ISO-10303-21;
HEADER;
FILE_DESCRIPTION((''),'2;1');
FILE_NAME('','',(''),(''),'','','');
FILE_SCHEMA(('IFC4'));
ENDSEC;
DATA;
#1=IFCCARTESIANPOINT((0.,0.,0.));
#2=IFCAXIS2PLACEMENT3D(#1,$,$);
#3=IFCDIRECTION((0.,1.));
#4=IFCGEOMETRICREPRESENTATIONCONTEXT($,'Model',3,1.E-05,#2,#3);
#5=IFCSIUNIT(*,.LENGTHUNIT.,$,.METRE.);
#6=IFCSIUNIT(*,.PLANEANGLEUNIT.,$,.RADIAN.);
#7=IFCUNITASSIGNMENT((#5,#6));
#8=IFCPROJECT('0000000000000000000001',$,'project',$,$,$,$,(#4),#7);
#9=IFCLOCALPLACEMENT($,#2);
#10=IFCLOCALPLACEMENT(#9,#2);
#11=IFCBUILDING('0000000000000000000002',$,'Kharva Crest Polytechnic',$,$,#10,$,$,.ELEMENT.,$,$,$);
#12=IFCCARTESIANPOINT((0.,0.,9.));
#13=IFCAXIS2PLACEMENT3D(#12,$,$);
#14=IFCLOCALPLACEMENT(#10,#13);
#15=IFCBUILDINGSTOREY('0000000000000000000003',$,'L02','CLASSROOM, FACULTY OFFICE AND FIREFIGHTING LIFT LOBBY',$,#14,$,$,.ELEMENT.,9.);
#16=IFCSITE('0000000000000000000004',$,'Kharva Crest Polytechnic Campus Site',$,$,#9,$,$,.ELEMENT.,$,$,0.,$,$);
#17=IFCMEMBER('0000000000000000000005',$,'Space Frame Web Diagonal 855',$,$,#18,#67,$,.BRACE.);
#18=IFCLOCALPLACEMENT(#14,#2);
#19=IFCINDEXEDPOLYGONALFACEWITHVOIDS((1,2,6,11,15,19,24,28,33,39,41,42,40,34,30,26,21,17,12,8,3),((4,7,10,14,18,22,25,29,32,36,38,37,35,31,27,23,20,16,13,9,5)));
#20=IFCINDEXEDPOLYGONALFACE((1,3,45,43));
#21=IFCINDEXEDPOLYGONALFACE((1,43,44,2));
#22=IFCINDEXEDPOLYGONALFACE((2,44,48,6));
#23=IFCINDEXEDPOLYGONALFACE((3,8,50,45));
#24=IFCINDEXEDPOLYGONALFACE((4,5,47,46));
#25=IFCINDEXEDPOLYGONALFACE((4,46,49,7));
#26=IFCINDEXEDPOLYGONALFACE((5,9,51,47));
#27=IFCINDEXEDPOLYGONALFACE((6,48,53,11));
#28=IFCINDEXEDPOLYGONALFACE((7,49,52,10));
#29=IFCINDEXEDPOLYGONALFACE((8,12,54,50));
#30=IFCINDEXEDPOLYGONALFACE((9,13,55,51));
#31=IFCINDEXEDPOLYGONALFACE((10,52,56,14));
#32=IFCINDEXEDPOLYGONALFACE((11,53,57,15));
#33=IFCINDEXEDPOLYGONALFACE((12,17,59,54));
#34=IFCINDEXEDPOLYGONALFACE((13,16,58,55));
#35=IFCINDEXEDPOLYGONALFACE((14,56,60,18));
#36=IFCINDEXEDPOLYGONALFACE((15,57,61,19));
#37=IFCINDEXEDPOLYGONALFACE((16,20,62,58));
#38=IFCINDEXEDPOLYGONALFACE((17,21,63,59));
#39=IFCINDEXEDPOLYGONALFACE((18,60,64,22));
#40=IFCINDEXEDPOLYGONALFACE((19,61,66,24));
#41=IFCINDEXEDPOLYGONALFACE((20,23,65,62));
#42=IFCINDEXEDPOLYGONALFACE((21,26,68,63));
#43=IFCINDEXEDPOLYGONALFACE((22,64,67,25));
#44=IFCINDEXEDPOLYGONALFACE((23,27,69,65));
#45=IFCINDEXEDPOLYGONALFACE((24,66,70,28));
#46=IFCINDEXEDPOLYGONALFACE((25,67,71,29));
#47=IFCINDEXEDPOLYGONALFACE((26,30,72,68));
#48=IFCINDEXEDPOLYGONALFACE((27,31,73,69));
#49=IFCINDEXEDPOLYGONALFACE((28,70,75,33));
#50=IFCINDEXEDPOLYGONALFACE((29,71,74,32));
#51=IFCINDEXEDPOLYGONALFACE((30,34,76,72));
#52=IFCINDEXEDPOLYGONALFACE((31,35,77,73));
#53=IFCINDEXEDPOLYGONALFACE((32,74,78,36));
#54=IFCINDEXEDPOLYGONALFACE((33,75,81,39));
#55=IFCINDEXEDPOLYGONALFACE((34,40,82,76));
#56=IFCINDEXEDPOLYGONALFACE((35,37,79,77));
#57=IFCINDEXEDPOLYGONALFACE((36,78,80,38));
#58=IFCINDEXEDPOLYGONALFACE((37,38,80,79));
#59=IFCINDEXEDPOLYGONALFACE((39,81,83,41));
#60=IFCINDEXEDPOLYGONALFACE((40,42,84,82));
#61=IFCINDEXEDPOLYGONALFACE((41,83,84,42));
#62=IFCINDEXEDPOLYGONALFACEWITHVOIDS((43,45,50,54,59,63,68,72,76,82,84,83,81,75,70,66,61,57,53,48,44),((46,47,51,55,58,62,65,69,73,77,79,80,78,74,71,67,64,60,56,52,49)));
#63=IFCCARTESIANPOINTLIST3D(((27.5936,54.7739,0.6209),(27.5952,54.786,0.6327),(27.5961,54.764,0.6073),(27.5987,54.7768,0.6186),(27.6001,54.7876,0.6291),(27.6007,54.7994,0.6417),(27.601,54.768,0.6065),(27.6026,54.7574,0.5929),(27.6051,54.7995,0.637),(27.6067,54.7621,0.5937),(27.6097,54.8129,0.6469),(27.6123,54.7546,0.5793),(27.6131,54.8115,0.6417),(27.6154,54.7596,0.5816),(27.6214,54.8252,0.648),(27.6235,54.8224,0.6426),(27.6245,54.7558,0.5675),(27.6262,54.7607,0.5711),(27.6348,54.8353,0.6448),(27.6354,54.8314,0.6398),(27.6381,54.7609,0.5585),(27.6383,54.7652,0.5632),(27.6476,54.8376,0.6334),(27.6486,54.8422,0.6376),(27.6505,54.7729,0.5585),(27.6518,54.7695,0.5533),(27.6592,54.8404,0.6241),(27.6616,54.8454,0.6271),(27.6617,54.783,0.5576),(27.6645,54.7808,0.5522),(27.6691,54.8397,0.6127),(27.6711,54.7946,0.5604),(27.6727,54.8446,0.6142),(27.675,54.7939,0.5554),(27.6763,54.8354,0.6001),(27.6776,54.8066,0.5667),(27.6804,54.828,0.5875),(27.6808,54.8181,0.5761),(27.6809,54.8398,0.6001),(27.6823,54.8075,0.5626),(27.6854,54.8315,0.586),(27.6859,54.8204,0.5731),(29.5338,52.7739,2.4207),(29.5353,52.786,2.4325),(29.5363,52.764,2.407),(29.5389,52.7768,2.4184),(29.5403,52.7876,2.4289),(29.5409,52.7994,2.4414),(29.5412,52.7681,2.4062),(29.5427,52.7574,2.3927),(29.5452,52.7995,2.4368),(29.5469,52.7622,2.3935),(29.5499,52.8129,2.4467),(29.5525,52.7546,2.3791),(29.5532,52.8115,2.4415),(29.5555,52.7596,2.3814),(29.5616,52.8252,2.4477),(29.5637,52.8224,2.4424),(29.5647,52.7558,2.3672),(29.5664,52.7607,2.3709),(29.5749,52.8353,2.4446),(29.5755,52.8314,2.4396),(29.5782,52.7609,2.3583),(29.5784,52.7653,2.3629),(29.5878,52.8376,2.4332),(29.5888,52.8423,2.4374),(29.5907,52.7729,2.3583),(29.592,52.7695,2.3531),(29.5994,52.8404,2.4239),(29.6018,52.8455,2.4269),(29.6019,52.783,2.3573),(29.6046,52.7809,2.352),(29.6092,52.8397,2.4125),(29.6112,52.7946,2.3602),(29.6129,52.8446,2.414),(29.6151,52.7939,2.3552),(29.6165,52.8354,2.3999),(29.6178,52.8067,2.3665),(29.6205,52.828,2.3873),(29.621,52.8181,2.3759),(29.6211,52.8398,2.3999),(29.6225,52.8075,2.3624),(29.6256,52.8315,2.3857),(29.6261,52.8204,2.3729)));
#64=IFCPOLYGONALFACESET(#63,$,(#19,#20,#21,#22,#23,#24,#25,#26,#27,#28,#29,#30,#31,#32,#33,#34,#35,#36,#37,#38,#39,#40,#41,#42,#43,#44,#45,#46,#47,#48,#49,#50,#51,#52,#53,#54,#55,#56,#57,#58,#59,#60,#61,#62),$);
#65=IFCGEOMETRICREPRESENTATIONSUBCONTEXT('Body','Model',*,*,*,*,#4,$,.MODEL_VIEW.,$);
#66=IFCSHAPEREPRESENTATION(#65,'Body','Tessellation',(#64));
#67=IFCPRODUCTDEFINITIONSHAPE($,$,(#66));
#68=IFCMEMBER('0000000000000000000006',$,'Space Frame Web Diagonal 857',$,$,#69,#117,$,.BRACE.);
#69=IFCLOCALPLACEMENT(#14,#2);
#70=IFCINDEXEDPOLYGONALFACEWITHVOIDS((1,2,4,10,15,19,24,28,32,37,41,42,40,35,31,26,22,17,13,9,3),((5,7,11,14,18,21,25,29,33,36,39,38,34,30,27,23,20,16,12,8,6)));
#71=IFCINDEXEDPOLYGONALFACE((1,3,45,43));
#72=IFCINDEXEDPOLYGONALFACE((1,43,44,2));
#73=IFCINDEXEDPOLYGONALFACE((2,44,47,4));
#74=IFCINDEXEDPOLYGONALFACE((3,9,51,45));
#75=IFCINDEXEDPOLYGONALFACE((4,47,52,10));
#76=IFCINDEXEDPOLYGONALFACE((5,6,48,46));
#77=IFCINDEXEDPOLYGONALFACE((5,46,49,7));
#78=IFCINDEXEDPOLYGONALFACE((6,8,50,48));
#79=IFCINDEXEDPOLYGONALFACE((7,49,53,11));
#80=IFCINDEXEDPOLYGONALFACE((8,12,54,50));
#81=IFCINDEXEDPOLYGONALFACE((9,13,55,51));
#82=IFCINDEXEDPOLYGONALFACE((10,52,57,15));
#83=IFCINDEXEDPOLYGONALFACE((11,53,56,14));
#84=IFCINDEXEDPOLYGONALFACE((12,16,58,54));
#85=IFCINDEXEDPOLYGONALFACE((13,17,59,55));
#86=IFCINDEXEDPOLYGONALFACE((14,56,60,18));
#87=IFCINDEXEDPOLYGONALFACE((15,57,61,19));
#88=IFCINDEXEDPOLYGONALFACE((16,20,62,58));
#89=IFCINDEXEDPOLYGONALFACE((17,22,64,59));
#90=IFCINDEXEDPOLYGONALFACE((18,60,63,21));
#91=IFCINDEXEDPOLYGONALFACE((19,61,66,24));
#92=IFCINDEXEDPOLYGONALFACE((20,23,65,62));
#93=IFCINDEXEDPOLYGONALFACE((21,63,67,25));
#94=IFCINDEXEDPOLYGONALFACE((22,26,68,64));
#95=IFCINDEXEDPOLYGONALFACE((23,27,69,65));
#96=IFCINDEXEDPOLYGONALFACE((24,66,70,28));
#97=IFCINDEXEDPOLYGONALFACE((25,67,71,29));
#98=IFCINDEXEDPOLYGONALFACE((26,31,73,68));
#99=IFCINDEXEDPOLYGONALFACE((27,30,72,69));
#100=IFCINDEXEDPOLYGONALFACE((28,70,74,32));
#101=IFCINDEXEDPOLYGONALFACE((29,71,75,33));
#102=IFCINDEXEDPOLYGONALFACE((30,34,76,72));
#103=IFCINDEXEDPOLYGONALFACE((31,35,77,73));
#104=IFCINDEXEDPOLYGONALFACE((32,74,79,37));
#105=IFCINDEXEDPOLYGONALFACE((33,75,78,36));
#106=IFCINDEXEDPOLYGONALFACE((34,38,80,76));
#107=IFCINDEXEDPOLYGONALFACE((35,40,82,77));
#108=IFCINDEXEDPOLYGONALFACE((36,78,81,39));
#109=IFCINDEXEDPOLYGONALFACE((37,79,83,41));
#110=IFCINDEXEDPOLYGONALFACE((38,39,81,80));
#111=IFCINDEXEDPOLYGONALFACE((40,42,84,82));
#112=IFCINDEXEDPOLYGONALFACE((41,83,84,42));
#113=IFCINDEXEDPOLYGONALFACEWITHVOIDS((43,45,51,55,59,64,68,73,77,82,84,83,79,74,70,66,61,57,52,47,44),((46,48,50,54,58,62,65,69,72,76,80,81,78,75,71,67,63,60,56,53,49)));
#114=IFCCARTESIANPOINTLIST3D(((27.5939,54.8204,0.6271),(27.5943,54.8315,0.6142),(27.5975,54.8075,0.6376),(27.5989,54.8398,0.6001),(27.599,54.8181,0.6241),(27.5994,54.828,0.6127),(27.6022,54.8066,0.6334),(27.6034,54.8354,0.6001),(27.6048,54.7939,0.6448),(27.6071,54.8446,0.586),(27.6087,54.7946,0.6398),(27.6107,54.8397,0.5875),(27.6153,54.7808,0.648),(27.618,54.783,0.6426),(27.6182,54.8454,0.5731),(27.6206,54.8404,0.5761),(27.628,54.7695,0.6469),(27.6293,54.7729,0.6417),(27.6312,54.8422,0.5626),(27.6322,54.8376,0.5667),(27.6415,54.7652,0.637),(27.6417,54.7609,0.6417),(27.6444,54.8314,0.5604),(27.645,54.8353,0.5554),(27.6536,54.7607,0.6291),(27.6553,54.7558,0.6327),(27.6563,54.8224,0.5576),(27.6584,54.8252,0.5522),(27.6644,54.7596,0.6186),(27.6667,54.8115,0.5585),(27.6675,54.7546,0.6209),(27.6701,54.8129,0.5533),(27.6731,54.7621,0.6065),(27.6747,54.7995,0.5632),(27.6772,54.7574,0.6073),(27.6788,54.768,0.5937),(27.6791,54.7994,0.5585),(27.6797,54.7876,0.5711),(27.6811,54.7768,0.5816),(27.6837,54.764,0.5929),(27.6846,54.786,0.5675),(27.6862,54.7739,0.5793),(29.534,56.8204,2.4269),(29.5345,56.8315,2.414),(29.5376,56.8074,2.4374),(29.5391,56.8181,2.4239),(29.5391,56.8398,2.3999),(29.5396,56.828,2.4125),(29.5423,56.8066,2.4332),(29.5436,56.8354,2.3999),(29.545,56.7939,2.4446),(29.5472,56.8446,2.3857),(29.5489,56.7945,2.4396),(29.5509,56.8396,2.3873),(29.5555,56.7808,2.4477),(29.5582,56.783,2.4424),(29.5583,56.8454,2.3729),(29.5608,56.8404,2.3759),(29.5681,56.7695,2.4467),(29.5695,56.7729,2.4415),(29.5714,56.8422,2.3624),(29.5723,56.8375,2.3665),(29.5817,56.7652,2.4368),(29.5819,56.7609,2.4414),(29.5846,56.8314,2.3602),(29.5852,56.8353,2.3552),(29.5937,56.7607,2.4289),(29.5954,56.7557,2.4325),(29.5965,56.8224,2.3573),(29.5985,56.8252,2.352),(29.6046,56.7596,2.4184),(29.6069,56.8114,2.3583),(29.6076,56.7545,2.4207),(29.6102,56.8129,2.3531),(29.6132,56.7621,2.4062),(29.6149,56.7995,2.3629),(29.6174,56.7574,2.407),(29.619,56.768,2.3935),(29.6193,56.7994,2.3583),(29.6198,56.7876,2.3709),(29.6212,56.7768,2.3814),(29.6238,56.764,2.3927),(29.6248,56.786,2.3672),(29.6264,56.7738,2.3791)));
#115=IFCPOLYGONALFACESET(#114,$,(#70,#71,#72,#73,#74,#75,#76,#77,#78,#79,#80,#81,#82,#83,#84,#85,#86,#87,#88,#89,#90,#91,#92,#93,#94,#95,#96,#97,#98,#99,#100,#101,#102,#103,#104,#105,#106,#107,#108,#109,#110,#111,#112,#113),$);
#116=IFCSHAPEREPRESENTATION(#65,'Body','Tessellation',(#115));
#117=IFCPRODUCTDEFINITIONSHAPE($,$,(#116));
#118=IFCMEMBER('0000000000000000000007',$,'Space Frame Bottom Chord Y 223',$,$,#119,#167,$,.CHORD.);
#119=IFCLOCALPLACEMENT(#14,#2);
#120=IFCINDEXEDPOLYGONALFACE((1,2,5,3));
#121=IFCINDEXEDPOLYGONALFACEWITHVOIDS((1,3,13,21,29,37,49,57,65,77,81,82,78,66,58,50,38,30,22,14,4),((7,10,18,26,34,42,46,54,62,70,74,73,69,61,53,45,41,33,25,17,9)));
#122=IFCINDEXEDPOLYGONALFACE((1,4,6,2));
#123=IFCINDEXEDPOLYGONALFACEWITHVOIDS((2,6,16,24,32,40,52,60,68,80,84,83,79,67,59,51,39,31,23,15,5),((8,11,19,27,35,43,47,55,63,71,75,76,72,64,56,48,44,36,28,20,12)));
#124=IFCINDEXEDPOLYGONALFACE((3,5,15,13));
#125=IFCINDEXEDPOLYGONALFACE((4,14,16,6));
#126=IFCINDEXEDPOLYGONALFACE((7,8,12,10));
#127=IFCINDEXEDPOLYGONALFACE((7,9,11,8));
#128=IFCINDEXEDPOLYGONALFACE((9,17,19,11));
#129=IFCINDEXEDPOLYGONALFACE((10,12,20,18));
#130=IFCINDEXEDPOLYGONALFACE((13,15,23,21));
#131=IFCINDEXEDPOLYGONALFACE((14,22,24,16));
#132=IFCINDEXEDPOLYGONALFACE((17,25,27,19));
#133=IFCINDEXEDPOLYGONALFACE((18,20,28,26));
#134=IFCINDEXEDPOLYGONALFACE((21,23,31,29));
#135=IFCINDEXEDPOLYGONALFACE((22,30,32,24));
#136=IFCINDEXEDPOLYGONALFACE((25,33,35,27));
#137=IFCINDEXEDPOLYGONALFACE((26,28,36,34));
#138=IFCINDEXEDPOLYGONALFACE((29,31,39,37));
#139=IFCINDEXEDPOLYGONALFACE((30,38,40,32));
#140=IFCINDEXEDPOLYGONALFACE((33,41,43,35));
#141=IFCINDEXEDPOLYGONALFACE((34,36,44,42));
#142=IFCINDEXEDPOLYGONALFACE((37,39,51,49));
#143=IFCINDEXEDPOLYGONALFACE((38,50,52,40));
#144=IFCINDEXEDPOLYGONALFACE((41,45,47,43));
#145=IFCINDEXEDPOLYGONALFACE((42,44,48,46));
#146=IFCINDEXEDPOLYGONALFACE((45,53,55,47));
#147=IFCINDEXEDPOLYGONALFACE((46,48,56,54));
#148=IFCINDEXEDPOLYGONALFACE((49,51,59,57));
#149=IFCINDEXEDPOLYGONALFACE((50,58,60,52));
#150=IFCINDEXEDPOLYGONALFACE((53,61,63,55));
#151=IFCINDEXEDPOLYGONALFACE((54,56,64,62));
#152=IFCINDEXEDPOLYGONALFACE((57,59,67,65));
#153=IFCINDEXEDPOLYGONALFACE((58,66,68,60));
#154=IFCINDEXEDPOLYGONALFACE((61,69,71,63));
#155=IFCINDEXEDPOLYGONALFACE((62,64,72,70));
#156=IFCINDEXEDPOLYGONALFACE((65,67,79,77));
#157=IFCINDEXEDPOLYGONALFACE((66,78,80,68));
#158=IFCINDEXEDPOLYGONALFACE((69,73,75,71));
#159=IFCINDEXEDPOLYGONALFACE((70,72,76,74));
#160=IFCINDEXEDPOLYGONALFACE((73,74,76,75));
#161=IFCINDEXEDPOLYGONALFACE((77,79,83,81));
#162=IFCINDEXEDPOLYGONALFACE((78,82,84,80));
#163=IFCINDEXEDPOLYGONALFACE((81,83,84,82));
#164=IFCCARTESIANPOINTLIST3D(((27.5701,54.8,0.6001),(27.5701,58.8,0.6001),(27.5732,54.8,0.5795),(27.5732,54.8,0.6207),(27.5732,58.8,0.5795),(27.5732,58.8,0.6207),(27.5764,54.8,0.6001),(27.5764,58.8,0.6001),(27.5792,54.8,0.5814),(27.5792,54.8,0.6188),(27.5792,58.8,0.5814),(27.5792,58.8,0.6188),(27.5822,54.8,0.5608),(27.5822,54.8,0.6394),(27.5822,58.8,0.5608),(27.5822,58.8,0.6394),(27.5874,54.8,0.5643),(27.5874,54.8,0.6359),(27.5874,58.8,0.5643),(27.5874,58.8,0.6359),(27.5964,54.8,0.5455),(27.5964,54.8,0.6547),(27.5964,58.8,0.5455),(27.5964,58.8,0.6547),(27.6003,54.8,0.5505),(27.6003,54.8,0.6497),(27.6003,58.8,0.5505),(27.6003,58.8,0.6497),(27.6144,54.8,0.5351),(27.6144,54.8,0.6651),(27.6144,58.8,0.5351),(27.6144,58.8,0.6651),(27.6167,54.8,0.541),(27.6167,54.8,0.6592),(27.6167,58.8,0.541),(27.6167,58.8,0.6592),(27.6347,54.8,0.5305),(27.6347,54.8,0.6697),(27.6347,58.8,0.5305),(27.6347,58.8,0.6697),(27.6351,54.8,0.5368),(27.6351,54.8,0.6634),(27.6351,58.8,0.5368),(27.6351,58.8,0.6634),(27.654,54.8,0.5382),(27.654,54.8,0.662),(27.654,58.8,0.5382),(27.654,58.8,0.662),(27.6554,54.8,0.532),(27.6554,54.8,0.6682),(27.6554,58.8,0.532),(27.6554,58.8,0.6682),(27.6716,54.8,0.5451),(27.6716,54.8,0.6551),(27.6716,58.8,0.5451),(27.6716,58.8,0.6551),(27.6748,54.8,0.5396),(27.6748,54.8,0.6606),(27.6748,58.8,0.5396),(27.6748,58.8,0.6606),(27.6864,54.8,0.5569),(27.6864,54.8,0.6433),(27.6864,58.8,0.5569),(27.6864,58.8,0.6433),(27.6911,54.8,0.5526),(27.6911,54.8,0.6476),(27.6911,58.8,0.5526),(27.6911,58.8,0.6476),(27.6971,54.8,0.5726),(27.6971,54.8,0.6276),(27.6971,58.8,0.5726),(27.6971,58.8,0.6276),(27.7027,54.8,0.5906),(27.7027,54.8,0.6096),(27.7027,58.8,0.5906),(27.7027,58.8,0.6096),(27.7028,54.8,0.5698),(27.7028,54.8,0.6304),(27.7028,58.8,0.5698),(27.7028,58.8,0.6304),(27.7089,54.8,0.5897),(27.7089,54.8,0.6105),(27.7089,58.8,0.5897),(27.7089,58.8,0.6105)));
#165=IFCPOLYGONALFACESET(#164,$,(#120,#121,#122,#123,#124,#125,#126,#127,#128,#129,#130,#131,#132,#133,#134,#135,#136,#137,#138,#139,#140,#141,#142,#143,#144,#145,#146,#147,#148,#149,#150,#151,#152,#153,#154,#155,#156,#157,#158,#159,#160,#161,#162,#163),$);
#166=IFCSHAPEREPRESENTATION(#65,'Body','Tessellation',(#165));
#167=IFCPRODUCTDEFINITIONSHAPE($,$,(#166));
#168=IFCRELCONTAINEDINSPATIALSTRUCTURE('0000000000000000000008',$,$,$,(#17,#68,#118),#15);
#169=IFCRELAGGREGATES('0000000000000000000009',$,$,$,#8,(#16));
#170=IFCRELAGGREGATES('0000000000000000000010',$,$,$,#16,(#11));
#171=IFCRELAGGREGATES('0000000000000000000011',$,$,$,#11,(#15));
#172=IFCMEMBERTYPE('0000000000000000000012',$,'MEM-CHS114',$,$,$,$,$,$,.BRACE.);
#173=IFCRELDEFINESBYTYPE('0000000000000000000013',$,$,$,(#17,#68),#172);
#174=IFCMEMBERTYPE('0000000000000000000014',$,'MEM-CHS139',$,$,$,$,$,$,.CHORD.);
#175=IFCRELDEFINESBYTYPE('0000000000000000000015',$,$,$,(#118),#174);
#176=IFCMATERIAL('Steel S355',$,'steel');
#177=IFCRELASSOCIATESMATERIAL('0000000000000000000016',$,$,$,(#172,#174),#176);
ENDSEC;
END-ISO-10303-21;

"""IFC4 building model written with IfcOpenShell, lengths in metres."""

from ifc_helpers import new_model, si_unit, direction, frame, origin, origin_2d, place, context, subcontext, project, spatial, hollow_circle, extrude, material, material_profile, profile_set, type_object, element, save


model = new_model("IFC4")

# Units and contexts
model_context = context("Model", 3, precision=1e-05, world=origin(), true_north=direction((0.0, 1.0)))
body_context = subcontext(model_context, "Body", "Model", "MODEL_VIEW")
ifc_project = project(units=[si_unit("LENGTHUNIT", "METRE"), si_unit("PLANEANGLEUNIT", "RADIAN")], contexts=[model_context])

# Site, building, storey
site_placement = place(None, origin())
site = spatial("IfcSite", under=ifc_project, at=site_placement, Name="Kharva Crest Polytechnic Campus Site", CompositionType="ELEMENT", RefElevation=0.0)
building_placement = place(site_placement, origin())
building = spatial("IfcBuilding", under=site, at=building_placement, Name="Kharva Crest Polytechnic", CompositionType="ELEMENT")
storey_placement = place(building_placement, frame((0.0, 0.0, 9.0)))
storey = spatial("IfcBuildingStorey", under=building, at=storey_placement, Name="L02", Description="CLASSROOM, FACULTY OFFICE AND FIREFIGHTING LIFT LOBBY", CompositionType="ELEMENT", Elevation=9.0)

# Shared definitions
ifc_material_1 = material(Name="Steel S355", Category="steel")

# Members
ifc_material_profile_1 = material_profile(ifc_material_1, hollow_circle(Radius=0.0571, WallThickness=0.0063, at=origin_2d()), Name="CHS 114.3X6.3")
ifc_profile_set_1 = profile_set([ifc_material_profile_1], Name="Steel S355")
member_type_1 = type_object("IfcMemberType", Name="MEM-CHS114", PredefinedType="BRACE", material=ifc_profile_set_1)
for number, where, z_axis, x_axis, name in (
    (1, (27.6399, 54.8, 0.6001), (0.584892, -0.602924, 0.542572), (0.717758, 0.696292, 0.0), "Space Frame Web Diagonal 855"),
    (2, (27.6399, 54.8, 0.6001), (0.584892, 0.602924, 0.542572), (-0.717758, 0.696292, 0.0), "Space Frame Web Diagonal 857"),
):
    element("IfcMember", number, at=place(storey_placement, frame(where, z_axis=z_axis, x_axis=x_axis)), inside=storey, type_object=member_type_1, Name=name, PredefinedType="BRACE", context=body_context, shape_type="SweptSolid", body=[
        extrude(hollow_circle(Radius=0.0571, WallThickness=0.0063, at=origin_2d()), origin(), (0.0, 0.0, 1.0), 3.3171),
    ])
ifc_material_profile_2 = material_profile(ifc_material_1, hollow_circle(Radius=0.0698, WallThickness=0.0063, at=origin_2d()), Name="CHS 139.7X6.3")
ifc_profile_set_2 = profile_set([ifc_material_profile_2], Name="Steel S355")
member_type_2 = type_object("IfcMemberType", Name="MEM-CHS139", PredefinedType="CHORD", material=ifc_profile_set_2)
for number, where, z_axis, x_axis, name in (
    (3, (27.6399, 54.8, 0.6001), (0.0, 1.0, 0.0), (-1.0, 0.0, 0.0), "Space Frame Bottom Chord Y 223"),
):
    element("IfcMember", number, at=place(storey_placement, frame(where, z_axis=z_axis, x_axis=x_axis)), inside=storey, type_object=member_type_2, Name=name, PredefinedType="CHORD", context=body_context, shape_type="SweptSolid", body=[
        extrude(hollow_circle(Radius=0.0698, WallThickness=0.0063, at=origin_2d()), origin(), (0.0, 0.0, 1.0), 4.0),
    ])

save(model, "model.ifc")
